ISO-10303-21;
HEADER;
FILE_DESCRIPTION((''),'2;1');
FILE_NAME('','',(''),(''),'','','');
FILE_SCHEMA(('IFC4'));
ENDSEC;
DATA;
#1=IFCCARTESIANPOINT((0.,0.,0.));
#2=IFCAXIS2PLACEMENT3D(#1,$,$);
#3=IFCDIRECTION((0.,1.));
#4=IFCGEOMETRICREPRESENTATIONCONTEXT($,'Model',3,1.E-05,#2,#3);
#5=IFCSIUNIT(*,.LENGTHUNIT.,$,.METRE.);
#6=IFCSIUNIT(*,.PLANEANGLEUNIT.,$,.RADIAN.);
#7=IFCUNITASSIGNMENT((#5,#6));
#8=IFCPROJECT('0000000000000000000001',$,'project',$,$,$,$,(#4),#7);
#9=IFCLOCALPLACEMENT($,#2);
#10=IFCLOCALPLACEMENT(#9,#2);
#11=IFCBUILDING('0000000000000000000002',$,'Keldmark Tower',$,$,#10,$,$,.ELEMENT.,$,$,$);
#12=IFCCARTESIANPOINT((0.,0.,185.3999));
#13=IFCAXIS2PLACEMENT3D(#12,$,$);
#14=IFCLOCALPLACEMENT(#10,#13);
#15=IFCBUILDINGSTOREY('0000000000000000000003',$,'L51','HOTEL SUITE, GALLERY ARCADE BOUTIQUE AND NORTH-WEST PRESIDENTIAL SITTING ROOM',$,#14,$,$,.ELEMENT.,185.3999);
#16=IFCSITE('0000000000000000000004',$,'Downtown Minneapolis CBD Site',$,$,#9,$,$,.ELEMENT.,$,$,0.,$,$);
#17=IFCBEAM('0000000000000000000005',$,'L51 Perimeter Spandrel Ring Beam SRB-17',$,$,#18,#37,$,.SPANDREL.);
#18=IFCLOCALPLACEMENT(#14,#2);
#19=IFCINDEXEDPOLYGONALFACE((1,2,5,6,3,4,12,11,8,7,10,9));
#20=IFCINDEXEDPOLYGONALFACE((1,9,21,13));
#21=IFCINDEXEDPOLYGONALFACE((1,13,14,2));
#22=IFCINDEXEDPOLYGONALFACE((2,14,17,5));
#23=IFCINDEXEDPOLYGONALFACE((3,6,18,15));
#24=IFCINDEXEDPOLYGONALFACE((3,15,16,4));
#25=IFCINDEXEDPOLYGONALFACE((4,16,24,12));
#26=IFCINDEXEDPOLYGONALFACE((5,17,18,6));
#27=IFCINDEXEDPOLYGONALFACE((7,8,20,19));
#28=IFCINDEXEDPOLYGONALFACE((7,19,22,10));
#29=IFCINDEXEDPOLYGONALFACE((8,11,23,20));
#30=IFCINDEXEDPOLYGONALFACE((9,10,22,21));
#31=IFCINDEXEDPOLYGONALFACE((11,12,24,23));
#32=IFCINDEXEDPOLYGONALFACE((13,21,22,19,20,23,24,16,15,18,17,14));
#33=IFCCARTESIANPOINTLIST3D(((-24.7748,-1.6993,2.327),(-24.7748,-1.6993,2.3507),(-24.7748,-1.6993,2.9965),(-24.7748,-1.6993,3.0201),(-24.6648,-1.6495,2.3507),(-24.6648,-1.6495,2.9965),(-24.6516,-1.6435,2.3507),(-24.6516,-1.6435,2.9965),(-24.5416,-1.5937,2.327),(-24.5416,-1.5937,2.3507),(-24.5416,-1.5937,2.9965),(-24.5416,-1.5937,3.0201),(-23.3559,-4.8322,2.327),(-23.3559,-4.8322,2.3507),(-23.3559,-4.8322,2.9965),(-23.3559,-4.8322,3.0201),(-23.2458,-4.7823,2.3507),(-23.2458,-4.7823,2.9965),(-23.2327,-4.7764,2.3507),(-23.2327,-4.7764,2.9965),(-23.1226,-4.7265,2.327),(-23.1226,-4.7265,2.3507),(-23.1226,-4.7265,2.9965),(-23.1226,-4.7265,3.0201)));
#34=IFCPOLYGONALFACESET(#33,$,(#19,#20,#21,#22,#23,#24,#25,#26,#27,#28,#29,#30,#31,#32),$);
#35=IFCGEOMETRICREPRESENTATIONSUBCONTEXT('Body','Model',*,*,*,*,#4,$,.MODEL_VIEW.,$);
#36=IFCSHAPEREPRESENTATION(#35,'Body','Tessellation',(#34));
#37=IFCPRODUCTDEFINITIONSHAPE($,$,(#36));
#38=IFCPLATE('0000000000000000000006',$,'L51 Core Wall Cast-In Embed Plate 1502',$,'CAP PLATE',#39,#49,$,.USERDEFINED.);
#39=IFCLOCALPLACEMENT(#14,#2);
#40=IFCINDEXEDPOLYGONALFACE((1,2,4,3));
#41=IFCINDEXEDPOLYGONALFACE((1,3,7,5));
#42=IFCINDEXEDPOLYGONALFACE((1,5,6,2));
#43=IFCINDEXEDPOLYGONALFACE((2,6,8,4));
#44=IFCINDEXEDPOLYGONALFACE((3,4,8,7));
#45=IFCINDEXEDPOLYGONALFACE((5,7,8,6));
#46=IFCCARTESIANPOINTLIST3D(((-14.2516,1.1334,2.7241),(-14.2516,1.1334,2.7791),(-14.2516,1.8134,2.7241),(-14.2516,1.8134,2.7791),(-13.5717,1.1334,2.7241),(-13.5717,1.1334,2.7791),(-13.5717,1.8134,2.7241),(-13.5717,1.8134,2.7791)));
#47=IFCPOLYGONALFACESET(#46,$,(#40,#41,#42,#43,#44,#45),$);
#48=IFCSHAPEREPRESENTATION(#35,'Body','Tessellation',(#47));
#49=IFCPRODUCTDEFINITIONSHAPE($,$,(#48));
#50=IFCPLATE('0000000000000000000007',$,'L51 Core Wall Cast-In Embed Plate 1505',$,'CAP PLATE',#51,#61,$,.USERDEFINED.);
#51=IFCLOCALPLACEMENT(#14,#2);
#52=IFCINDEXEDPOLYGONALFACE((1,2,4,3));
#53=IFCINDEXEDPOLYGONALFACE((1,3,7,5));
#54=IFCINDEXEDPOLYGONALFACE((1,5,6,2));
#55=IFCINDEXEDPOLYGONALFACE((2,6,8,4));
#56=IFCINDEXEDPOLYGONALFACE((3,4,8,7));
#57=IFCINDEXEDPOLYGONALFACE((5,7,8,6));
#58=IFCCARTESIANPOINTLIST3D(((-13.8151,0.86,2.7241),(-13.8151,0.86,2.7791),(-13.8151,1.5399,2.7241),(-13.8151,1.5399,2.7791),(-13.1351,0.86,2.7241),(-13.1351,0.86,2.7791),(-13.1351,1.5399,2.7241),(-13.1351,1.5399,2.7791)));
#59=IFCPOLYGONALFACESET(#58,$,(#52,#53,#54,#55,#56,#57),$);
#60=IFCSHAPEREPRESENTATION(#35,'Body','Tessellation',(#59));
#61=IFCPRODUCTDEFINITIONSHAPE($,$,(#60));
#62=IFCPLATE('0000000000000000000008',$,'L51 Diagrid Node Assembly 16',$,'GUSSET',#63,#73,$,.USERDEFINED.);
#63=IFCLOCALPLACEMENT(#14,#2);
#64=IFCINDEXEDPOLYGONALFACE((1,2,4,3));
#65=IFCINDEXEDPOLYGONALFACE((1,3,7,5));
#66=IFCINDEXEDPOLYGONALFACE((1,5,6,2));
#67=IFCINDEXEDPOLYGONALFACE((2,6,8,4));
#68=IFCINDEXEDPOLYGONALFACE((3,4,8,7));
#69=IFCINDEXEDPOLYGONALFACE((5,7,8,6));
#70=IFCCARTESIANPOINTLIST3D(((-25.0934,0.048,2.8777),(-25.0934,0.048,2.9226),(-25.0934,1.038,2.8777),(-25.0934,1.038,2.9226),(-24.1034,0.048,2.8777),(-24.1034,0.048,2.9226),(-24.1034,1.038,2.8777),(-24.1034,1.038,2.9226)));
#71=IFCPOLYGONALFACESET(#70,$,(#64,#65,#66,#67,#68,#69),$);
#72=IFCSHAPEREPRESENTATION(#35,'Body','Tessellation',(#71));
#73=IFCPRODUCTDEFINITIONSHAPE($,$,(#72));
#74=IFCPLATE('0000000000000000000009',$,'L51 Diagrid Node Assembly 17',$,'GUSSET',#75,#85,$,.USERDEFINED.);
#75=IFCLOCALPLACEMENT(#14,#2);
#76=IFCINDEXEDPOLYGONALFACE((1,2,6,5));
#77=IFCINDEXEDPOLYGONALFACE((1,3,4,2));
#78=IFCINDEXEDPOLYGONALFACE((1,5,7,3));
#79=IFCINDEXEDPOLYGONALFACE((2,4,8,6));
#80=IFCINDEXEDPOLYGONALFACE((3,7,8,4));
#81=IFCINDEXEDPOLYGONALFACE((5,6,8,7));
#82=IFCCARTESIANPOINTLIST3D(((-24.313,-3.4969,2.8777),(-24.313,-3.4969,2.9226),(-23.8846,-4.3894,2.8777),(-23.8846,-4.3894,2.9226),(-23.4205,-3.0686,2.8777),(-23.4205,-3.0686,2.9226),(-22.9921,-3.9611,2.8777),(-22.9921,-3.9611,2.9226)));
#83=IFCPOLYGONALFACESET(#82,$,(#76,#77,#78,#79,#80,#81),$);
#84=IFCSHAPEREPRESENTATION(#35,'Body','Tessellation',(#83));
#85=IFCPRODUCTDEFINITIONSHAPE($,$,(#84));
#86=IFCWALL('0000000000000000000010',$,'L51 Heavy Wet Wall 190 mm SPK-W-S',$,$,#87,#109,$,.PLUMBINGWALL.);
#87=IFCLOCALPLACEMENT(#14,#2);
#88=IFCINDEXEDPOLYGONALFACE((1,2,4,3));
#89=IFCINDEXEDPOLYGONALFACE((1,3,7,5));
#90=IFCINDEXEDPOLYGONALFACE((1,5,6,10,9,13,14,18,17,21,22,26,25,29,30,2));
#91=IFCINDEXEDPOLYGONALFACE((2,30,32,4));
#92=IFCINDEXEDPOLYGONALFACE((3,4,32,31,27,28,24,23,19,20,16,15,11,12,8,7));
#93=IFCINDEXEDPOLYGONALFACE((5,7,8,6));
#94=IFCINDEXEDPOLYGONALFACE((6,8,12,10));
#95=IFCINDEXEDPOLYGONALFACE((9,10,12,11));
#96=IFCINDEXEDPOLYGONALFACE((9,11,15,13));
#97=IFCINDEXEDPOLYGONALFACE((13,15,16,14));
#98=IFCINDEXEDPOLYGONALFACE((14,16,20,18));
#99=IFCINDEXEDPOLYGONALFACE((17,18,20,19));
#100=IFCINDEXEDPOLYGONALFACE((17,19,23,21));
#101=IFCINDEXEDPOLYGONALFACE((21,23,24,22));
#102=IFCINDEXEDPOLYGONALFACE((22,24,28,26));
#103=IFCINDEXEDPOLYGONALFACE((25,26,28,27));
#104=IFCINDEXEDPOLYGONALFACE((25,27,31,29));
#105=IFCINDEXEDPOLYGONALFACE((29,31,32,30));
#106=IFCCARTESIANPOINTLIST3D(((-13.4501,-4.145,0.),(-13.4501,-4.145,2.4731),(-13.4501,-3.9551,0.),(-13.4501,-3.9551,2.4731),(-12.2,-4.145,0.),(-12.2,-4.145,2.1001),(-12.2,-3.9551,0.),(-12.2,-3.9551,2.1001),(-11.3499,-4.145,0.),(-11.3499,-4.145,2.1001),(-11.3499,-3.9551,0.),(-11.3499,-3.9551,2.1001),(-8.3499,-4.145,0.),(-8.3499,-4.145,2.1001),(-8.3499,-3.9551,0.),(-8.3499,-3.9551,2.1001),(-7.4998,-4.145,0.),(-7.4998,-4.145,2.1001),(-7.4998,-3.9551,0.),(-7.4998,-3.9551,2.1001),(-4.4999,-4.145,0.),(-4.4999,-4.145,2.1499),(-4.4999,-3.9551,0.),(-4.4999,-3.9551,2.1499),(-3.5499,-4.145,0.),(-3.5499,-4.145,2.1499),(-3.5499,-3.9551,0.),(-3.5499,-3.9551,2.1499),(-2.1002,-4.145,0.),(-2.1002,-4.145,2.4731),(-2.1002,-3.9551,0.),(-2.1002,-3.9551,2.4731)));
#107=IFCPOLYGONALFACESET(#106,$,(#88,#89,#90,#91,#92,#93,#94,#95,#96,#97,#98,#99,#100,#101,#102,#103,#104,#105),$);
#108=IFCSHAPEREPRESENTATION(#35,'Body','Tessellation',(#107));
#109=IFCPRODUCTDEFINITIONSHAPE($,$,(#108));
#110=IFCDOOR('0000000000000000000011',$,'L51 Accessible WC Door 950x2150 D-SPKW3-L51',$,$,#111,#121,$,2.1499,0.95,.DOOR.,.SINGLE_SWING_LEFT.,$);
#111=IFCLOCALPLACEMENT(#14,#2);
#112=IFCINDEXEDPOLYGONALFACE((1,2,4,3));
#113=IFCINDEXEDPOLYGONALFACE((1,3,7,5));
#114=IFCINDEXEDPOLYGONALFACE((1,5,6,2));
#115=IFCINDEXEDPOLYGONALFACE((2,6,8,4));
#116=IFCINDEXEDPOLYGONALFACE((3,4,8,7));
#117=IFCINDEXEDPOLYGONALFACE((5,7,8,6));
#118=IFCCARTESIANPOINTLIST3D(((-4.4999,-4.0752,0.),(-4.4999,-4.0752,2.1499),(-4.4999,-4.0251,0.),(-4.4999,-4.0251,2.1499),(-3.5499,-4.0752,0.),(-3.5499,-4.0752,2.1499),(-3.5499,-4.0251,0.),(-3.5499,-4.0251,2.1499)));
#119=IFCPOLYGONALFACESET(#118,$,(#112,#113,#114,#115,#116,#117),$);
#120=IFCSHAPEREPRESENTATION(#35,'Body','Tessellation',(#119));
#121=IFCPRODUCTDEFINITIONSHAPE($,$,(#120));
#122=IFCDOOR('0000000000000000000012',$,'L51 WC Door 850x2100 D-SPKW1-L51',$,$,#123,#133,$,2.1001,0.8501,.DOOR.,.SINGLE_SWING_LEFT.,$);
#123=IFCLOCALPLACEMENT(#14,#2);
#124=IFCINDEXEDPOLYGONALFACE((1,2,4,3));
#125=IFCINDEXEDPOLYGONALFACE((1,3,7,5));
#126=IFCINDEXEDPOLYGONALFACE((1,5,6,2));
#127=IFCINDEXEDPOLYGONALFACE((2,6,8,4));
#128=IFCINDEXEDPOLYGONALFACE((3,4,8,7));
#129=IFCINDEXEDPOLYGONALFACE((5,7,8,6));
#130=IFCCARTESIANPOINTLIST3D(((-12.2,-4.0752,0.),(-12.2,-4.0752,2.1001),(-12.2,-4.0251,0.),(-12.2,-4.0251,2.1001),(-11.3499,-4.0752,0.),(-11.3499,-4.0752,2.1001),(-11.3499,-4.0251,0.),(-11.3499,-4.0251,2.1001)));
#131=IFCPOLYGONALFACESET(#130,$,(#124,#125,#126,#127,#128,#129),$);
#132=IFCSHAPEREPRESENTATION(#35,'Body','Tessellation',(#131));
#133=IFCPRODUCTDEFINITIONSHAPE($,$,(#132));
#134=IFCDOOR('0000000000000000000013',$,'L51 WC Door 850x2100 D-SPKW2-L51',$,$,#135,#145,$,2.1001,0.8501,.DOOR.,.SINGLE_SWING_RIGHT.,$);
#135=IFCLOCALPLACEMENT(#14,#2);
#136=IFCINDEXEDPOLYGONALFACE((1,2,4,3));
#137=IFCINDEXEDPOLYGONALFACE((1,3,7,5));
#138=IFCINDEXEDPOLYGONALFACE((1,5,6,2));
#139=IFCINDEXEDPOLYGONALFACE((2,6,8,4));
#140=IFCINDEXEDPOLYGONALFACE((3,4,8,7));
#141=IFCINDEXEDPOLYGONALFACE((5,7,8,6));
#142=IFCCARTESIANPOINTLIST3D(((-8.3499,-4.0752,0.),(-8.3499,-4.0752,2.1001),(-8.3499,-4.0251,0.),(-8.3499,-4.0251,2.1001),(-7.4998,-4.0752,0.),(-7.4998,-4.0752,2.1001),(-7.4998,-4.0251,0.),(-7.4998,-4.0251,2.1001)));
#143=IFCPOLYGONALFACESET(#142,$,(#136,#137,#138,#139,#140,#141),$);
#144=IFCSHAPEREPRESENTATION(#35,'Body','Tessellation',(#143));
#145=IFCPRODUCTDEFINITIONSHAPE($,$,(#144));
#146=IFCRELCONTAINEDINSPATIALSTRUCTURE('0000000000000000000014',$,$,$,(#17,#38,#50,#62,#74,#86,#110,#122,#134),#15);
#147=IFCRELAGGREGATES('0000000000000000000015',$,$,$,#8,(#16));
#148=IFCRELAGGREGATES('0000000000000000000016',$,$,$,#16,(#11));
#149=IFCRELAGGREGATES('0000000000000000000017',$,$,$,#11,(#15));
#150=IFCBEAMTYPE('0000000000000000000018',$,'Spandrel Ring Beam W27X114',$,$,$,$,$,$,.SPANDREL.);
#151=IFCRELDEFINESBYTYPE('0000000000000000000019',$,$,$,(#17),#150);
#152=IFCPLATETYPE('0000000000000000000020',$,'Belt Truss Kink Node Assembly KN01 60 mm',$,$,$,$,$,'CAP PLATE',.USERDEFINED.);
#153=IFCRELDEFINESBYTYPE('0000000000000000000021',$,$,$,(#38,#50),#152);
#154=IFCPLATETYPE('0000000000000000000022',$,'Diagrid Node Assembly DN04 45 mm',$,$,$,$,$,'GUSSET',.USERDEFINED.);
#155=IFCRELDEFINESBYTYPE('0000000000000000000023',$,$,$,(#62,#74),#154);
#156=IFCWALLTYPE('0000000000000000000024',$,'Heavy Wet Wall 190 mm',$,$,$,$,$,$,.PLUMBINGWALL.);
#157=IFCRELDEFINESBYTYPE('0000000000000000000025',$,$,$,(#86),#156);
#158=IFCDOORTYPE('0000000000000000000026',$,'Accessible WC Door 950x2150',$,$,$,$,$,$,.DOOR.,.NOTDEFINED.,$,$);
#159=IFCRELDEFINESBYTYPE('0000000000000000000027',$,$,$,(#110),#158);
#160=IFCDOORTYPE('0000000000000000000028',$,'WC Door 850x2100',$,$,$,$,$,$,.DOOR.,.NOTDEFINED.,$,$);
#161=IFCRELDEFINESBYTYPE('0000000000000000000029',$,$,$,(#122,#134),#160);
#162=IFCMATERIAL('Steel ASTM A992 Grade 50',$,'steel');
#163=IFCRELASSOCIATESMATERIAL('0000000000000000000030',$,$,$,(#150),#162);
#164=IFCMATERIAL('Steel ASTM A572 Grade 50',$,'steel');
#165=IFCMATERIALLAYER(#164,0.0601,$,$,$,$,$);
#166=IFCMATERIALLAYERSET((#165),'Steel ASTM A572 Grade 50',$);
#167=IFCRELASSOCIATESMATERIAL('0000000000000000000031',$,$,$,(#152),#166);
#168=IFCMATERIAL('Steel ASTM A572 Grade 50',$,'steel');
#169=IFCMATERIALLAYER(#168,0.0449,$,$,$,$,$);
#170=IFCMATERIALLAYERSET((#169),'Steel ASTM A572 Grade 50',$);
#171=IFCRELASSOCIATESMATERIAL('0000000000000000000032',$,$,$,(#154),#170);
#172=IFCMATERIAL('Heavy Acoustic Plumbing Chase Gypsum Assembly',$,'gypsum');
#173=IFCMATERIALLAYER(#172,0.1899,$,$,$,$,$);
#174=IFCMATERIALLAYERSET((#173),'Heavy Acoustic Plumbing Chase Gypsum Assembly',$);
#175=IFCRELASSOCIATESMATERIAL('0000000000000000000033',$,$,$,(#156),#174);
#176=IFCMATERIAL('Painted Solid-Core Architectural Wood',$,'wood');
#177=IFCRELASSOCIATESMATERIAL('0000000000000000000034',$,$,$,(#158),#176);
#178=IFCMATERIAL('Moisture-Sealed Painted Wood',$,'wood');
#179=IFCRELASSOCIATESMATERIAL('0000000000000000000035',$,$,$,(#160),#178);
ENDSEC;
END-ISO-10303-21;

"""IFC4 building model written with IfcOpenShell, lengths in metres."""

from ifc_helpers import new_model, si_unit, direction, frame, frame_2d, origin, origin_2d, place, context, subcontext, project, spatial, rectangle, i_section, extrude, material, layer, layer_set, material_profile, profile_set, type_object, element, fill, save


model = new_model("IFC4")

# Units and contexts
model_context = context("Model", 3, precision=1e-05, world=origin(), true_north=direction((0.0, 1.0)))
body_context = subcontext(model_context, "Body", "Model", "MODEL_VIEW")
ifc_project = project(units=[si_unit("LENGTHUNIT", "METRE"), si_unit("PLANEANGLEUNIT", "RADIAN")], contexts=[model_context])

# Site, building, storey
site_placement = place(None, origin())
site = spatial("IfcSite", under=ifc_project, at=site_placement, Name="Downtown Minneapolis CBD Site", CompositionType="ELEMENT", RefElevation=0.0)
building_placement = place(site_placement, origin())
building = spatial("IfcBuilding", under=site, at=building_placement, Name="Keldmark Tower", CompositionType="ELEMENT")
storey_placement = place(building_placement, frame((0.0, 0.0, 185.3999)))
storey = spatial("IfcBuildingStorey", under=building, at=storey_placement, Name="L51", Description="HOTEL SUITE, GALLERY ARCADE BOUTIQUE AND NORTH-WEST PRESIDENTIAL SITTING ROOM", CompositionType="ELEMENT", Elevation=185.3999)

# Beam
ifc_material_1 = material(Name="Steel ASTM A992 Grade 50", Category="steel")
ifc_material_profile_1 = material_profile(ifc_material_1, i_section(OverallWidth=0.2561, OverallDepth=0.6931, WebThickness=0.0144, FlangeThickness=0.0237, at=origin_2d()), Name="W27X114")
ifc_profile_set_1 = profile_set([ifc_material_profile_1], Name="Steel ASTM A992 Grade 50")
beam_type_1 = type_object("IfcBeamType", Name="Spandrel Ring Beam W27X114", PredefinedType="SPANDREL", material=ifc_profile_set_1)
beam_1_placement = place(storey_placement, frame((-24.6582, -1.6465, 2.6736), z_axis=(0.412583, -0.91092, 0.0), x_axis=(0.91092, 0.412583, 0.0)))
element("IfcBeam", 1, at=beam_1_placement, inside=storey, type_object=beam_type_1, Name="L51 Perimeter Spandrel Ring Beam SRB-17", PredefinedType="SPANDREL", context=body_context, shape_type="SweptSolid", body=[
    extrude(i_section(OverallWidth=0.2561, OverallDepth=0.6931, WebThickness=0.0144, FlangeThickness=0.0237, at=origin_2d()), origin(), (0.0, 0.0, 1.0), 3.4392),
])

# Plates
ifc_material_2 = material(Name="Steel ASTM A572 Grade 50", Category="steel")
ifc_layer_1 = layer(ifc_material_2, 0.0601)
ifc_layer_set_1 = layer_set([ifc_layer_1], Name="Steel ASTM A572 Grade 50")
plate_type_1 = type_object("IfcPlateType", Name="Belt Truss Kink Node Assembly KN01 60 mm", ElementType="CAP PLATE", PredefinedType="USERDEFINED", material=ifc_layer_set_1)
for number, where, z_axis, x_axis, name in (
    (2, (-13.9116, 1.4734, 2.7241), (0.0, 0.0, 1.0), (1.0, 0.0, 0.0), "L51 Core Wall Cast-In Embed Plate 1502"),
    (3, (-13.4751, 1.2, 2.7241), (0.0, 0.0, 1.0), (1.0, 0.0, 0.0), "L51 Core Wall Cast-In Embed Plate 1505"),
):
    element("IfcPlate", number, at=place(storey_placement, frame(where, z_axis=z_axis, x_axis=x_axis)), inside=storey, type_object=plate_type_1, Name=name, ObjectType="CAP PLATE", PredefinedType="USERDEFINED", context=body_context, shape_type="SweptSolid", body=[
        extrude(rectangle(XDim=0.6799, YDim=0.6799, at=origin_2d()), origin(), (0.0, 0.0, 1.0), 0.0549),
    ])
ifc_material_3 = material(Name="Steel ASTM A572 Grade 50", Category="steel")
ifc_layer_2 = layer(ifc_material_3, 0.0449)
ifc_layer_set_2 = layer_set([ifc_layer_2], Name="Steel ASTM A572 Grade 50")
plate_type_2 = type_object("IfcPlateType", Name="Diagrid Node Assembly DN04 45 mm", ElementType="GUSSET", PredefinedType="USERDEFINED", material=ifc_layer_set_2)
for number, where, z_axis, x_axis, name in (
    (4, (-24.5984, 0.543, 2.8777), (0.0, 0.0, 1.0), (0.0, -1.0, 0.0), "L51 Diagrid Node Assembly 16"),
    (5, (-23.6526, -3.729, 2.8777), (0.0, 0.0, 1.0), (0.432715, -0.901531, 0.0), "L51 Diagrid Node Assembly 17"),
):
    element("IfcPlate", number, at=place(storey_placement, frame(where, z_axis=z_axis, x_axis=x_axis)), inside=storey, type_object=plate_type_2, Name=name, ObjectType="GUSSET", PredefinedType="USERDEFINED", context=body_context, shape_type="SweptSolid", body=[
        extrude(rectangle(XDim=0.99, YDim=0.99, at=origin_2d()), origin(), (0.0, 0.0, 1.0), 0.0449),
    ])

# Wall, openings, doors
ifc_material_4 = material(Name="Heavy Acoustic Plumbing Chase Gypsum Assembly", Category="gypsum")
ifc_layer_3 = layer(ifc_material_4, 0.1899)
ifc_layer_set_3 = layer_set([ifc_layer_3], Name="Heavy Acoustic Plumbing Chase Gypsum Assembly")
wall_type_1 = type_object("IfcWallType", Name="Heavy Wet Wall 190 mm", PredefinedType="PLUMBINGWALL", material=ifc_layer_set_3)
wall_1_placement = place(storey_placement, frame((-13.45, -4.05, 0.0), z_axis=(0.0, 0.0, 1.0), x_axis=(1.0, 0.0, 0.0)))
wall_1 = element("IfcWall", 6, at=wall_1_placement, inside=storey, type_object=wall_type_1, Name="L51 Heavy Wet Wall 190 mm SPK-W-S", PredefinedType="PLUMBINGWALL", context=body_context, shape_type="SweptSolid", body=[
    extrude(rectangle(XDim=11.3499, YDim=0.1899, at=frame_2d((5.6748, 0.0))), origin(), (0.0, 0.0, 1.0), 2.4731),
])
opening_1_placement = place(wall_1_placement, frame((1.25, 0.0, 0.0)))
opening_1 = element("IfcOpeningElement", 7, at=opening_1_placement, cuts=wall_1, PredefinedType="OPENING", context=body_context, shape_type="SweptSolid", body=[
    extrude(rectangle(XDim=0.8501, YDim=2.1001, at=frame_2d((0.425, 1.05))), frame((0.0, 0.105, 0.0), z_axis=(0.0, -1.0, 0.0), x_axis=(1.0, 0.0, 0.0)), (0.0, 0.0, 1.0), 0.21),
])
opening_2_placement = place(wall_1_placement, frame((5.1001, 0.0, 0.0)))
opening_2 = element("IfcOpeningElement", 8, at=opening_2_placement, cuts=wall_1, PredefinedType="OPENING", context=body_context, shape_type="SweptSolid", body=[
    extrude(rectangle(XDim=0.8501, YDim=2.1001, at=frame_2d((0.425, 1.05))), frame((0.0, 0.105, 0.0), z_axis=(0.0, -1.0, 0.0), x_axis=(1.0, 0.0, 0.0)), (0.0, 0.0, 1.0), 0.21),
])
opening_3_placement = place(wall_1_placement, frame((8.95, 0.0, 0.0)))
opening_3 = element("IfcOpeningElement", 9, at=opening_3_placement, cuts=wall_1, PredefinedType="OPENING", context=body_context, shape_type="SweptSolid", body=[
    extrude(rectangle(XDim=0.95, YDim=2.1499, at=frame_2d((0.4751, 1.075))), frame((0.0, 0.105, 0.0), z_axis=(0.0, -1.0, 0.0), x_axis=(1.0, 0.0, 0.0)), (0.0, 0.0, 1.0), 0.21),
])
ifc_material_5 = material(Name="Painted Solid-Core Architectural Wood", Category="wood")
door_type_1 = type_object("IfcDoorType", Name="Accessible WC Door 950x2150", OperationType="NOTDEFINED", PredefinedType="DOOR", material=ifc_material_5)
door_1_placement = place(opening_3_placement, origin())
door_1 = element("IfcDoor", 10, at=door_1_placement, inside=storey, type_object=door_type_1, Name="L51 Accessible WC Door 950x2150 D-SPKW3-L51", OperationType="SINGLE_SWING_LEFT", OverallHeight=2.1499, OverallWidth=0.95, PredefinedType="DOOR", context=body_context, shape_type="SweptSolid", body=[
    extrude(rectangle(XDim=0.95, YDim=2.1499, at=frame_2d((0.4751, 1.075))), frame((0.0, 0.0249, 0.0), z_axis=(0.0, -1.0, 0.0), x_axis=(1.0, 0.0, 0.0)), (0.0, 0.0, 1.0), 0.05),
])
fill(opening_3, door_1)
ifc_material_6 = material(Name="Moisture-Sealed Painted Wood", Category="wood")
door_type_2 = type_object("IfcDoorType", Name="WC Door 850x2100", OperationType="NOTDEFINED", PredefinedType="DOOR", material=ifc_material_6)
door_2_placement = place(opening_1_placement, origin())
door_2 = element("IfcDoor", 11, at=door_2_placement, inside=storey, type_object=door_type_2, Name="L51 WC Door 850x2100 D-SPKW1-L51", OperationType="SINGLE_SWING_LEFT", OverallHeight=2.1001, OverallWidth=0.8501, PredefinedType="DOOR", context=body_context, shape_type="SweptSolid", body=[
    extrude(rectangle(XDim=0.8501, YDim=2.1001, at=frame_2d((0.425, 1.05))), frame((0.0, 0.0249, 0.0), z_axis=(0.0, -1.0, 0.0), x_axis=(1.0, 0.0, 0.0)), (0.0, 0.0, 1.0), 0.05),
])
fill(opening_1, door_2)
door_3_placement = place(opening_2_placement, origin())
door_3 = element("IfcDoor", 12, at=door_3_placement, inside=storey, type_object=door_type_2, Name="L51 WC Door 850x2100 D-SPKW2-L51", OperationType="SINGLE_SWING_RIGHT", OverallHeight=2.1001, OverallWidth=0.8501, PredefinedType="DOOR", context=body_context, shape_type="SweptSolid", body=[
    extrude(rectangle(XDim=0.8501, YDim=2.1001, at=frame_2d((0.425, 1.05))), frame((0.0, 0.0249, 0.0), z_axis=(0.0, -1.0, 0.0), x_axis=(1.0, 0.0, 0.0)), (0.0, 0.0, 1.0), 0.05),
])
fill(opening_2, door_3)

save(model, "model.ifc")
